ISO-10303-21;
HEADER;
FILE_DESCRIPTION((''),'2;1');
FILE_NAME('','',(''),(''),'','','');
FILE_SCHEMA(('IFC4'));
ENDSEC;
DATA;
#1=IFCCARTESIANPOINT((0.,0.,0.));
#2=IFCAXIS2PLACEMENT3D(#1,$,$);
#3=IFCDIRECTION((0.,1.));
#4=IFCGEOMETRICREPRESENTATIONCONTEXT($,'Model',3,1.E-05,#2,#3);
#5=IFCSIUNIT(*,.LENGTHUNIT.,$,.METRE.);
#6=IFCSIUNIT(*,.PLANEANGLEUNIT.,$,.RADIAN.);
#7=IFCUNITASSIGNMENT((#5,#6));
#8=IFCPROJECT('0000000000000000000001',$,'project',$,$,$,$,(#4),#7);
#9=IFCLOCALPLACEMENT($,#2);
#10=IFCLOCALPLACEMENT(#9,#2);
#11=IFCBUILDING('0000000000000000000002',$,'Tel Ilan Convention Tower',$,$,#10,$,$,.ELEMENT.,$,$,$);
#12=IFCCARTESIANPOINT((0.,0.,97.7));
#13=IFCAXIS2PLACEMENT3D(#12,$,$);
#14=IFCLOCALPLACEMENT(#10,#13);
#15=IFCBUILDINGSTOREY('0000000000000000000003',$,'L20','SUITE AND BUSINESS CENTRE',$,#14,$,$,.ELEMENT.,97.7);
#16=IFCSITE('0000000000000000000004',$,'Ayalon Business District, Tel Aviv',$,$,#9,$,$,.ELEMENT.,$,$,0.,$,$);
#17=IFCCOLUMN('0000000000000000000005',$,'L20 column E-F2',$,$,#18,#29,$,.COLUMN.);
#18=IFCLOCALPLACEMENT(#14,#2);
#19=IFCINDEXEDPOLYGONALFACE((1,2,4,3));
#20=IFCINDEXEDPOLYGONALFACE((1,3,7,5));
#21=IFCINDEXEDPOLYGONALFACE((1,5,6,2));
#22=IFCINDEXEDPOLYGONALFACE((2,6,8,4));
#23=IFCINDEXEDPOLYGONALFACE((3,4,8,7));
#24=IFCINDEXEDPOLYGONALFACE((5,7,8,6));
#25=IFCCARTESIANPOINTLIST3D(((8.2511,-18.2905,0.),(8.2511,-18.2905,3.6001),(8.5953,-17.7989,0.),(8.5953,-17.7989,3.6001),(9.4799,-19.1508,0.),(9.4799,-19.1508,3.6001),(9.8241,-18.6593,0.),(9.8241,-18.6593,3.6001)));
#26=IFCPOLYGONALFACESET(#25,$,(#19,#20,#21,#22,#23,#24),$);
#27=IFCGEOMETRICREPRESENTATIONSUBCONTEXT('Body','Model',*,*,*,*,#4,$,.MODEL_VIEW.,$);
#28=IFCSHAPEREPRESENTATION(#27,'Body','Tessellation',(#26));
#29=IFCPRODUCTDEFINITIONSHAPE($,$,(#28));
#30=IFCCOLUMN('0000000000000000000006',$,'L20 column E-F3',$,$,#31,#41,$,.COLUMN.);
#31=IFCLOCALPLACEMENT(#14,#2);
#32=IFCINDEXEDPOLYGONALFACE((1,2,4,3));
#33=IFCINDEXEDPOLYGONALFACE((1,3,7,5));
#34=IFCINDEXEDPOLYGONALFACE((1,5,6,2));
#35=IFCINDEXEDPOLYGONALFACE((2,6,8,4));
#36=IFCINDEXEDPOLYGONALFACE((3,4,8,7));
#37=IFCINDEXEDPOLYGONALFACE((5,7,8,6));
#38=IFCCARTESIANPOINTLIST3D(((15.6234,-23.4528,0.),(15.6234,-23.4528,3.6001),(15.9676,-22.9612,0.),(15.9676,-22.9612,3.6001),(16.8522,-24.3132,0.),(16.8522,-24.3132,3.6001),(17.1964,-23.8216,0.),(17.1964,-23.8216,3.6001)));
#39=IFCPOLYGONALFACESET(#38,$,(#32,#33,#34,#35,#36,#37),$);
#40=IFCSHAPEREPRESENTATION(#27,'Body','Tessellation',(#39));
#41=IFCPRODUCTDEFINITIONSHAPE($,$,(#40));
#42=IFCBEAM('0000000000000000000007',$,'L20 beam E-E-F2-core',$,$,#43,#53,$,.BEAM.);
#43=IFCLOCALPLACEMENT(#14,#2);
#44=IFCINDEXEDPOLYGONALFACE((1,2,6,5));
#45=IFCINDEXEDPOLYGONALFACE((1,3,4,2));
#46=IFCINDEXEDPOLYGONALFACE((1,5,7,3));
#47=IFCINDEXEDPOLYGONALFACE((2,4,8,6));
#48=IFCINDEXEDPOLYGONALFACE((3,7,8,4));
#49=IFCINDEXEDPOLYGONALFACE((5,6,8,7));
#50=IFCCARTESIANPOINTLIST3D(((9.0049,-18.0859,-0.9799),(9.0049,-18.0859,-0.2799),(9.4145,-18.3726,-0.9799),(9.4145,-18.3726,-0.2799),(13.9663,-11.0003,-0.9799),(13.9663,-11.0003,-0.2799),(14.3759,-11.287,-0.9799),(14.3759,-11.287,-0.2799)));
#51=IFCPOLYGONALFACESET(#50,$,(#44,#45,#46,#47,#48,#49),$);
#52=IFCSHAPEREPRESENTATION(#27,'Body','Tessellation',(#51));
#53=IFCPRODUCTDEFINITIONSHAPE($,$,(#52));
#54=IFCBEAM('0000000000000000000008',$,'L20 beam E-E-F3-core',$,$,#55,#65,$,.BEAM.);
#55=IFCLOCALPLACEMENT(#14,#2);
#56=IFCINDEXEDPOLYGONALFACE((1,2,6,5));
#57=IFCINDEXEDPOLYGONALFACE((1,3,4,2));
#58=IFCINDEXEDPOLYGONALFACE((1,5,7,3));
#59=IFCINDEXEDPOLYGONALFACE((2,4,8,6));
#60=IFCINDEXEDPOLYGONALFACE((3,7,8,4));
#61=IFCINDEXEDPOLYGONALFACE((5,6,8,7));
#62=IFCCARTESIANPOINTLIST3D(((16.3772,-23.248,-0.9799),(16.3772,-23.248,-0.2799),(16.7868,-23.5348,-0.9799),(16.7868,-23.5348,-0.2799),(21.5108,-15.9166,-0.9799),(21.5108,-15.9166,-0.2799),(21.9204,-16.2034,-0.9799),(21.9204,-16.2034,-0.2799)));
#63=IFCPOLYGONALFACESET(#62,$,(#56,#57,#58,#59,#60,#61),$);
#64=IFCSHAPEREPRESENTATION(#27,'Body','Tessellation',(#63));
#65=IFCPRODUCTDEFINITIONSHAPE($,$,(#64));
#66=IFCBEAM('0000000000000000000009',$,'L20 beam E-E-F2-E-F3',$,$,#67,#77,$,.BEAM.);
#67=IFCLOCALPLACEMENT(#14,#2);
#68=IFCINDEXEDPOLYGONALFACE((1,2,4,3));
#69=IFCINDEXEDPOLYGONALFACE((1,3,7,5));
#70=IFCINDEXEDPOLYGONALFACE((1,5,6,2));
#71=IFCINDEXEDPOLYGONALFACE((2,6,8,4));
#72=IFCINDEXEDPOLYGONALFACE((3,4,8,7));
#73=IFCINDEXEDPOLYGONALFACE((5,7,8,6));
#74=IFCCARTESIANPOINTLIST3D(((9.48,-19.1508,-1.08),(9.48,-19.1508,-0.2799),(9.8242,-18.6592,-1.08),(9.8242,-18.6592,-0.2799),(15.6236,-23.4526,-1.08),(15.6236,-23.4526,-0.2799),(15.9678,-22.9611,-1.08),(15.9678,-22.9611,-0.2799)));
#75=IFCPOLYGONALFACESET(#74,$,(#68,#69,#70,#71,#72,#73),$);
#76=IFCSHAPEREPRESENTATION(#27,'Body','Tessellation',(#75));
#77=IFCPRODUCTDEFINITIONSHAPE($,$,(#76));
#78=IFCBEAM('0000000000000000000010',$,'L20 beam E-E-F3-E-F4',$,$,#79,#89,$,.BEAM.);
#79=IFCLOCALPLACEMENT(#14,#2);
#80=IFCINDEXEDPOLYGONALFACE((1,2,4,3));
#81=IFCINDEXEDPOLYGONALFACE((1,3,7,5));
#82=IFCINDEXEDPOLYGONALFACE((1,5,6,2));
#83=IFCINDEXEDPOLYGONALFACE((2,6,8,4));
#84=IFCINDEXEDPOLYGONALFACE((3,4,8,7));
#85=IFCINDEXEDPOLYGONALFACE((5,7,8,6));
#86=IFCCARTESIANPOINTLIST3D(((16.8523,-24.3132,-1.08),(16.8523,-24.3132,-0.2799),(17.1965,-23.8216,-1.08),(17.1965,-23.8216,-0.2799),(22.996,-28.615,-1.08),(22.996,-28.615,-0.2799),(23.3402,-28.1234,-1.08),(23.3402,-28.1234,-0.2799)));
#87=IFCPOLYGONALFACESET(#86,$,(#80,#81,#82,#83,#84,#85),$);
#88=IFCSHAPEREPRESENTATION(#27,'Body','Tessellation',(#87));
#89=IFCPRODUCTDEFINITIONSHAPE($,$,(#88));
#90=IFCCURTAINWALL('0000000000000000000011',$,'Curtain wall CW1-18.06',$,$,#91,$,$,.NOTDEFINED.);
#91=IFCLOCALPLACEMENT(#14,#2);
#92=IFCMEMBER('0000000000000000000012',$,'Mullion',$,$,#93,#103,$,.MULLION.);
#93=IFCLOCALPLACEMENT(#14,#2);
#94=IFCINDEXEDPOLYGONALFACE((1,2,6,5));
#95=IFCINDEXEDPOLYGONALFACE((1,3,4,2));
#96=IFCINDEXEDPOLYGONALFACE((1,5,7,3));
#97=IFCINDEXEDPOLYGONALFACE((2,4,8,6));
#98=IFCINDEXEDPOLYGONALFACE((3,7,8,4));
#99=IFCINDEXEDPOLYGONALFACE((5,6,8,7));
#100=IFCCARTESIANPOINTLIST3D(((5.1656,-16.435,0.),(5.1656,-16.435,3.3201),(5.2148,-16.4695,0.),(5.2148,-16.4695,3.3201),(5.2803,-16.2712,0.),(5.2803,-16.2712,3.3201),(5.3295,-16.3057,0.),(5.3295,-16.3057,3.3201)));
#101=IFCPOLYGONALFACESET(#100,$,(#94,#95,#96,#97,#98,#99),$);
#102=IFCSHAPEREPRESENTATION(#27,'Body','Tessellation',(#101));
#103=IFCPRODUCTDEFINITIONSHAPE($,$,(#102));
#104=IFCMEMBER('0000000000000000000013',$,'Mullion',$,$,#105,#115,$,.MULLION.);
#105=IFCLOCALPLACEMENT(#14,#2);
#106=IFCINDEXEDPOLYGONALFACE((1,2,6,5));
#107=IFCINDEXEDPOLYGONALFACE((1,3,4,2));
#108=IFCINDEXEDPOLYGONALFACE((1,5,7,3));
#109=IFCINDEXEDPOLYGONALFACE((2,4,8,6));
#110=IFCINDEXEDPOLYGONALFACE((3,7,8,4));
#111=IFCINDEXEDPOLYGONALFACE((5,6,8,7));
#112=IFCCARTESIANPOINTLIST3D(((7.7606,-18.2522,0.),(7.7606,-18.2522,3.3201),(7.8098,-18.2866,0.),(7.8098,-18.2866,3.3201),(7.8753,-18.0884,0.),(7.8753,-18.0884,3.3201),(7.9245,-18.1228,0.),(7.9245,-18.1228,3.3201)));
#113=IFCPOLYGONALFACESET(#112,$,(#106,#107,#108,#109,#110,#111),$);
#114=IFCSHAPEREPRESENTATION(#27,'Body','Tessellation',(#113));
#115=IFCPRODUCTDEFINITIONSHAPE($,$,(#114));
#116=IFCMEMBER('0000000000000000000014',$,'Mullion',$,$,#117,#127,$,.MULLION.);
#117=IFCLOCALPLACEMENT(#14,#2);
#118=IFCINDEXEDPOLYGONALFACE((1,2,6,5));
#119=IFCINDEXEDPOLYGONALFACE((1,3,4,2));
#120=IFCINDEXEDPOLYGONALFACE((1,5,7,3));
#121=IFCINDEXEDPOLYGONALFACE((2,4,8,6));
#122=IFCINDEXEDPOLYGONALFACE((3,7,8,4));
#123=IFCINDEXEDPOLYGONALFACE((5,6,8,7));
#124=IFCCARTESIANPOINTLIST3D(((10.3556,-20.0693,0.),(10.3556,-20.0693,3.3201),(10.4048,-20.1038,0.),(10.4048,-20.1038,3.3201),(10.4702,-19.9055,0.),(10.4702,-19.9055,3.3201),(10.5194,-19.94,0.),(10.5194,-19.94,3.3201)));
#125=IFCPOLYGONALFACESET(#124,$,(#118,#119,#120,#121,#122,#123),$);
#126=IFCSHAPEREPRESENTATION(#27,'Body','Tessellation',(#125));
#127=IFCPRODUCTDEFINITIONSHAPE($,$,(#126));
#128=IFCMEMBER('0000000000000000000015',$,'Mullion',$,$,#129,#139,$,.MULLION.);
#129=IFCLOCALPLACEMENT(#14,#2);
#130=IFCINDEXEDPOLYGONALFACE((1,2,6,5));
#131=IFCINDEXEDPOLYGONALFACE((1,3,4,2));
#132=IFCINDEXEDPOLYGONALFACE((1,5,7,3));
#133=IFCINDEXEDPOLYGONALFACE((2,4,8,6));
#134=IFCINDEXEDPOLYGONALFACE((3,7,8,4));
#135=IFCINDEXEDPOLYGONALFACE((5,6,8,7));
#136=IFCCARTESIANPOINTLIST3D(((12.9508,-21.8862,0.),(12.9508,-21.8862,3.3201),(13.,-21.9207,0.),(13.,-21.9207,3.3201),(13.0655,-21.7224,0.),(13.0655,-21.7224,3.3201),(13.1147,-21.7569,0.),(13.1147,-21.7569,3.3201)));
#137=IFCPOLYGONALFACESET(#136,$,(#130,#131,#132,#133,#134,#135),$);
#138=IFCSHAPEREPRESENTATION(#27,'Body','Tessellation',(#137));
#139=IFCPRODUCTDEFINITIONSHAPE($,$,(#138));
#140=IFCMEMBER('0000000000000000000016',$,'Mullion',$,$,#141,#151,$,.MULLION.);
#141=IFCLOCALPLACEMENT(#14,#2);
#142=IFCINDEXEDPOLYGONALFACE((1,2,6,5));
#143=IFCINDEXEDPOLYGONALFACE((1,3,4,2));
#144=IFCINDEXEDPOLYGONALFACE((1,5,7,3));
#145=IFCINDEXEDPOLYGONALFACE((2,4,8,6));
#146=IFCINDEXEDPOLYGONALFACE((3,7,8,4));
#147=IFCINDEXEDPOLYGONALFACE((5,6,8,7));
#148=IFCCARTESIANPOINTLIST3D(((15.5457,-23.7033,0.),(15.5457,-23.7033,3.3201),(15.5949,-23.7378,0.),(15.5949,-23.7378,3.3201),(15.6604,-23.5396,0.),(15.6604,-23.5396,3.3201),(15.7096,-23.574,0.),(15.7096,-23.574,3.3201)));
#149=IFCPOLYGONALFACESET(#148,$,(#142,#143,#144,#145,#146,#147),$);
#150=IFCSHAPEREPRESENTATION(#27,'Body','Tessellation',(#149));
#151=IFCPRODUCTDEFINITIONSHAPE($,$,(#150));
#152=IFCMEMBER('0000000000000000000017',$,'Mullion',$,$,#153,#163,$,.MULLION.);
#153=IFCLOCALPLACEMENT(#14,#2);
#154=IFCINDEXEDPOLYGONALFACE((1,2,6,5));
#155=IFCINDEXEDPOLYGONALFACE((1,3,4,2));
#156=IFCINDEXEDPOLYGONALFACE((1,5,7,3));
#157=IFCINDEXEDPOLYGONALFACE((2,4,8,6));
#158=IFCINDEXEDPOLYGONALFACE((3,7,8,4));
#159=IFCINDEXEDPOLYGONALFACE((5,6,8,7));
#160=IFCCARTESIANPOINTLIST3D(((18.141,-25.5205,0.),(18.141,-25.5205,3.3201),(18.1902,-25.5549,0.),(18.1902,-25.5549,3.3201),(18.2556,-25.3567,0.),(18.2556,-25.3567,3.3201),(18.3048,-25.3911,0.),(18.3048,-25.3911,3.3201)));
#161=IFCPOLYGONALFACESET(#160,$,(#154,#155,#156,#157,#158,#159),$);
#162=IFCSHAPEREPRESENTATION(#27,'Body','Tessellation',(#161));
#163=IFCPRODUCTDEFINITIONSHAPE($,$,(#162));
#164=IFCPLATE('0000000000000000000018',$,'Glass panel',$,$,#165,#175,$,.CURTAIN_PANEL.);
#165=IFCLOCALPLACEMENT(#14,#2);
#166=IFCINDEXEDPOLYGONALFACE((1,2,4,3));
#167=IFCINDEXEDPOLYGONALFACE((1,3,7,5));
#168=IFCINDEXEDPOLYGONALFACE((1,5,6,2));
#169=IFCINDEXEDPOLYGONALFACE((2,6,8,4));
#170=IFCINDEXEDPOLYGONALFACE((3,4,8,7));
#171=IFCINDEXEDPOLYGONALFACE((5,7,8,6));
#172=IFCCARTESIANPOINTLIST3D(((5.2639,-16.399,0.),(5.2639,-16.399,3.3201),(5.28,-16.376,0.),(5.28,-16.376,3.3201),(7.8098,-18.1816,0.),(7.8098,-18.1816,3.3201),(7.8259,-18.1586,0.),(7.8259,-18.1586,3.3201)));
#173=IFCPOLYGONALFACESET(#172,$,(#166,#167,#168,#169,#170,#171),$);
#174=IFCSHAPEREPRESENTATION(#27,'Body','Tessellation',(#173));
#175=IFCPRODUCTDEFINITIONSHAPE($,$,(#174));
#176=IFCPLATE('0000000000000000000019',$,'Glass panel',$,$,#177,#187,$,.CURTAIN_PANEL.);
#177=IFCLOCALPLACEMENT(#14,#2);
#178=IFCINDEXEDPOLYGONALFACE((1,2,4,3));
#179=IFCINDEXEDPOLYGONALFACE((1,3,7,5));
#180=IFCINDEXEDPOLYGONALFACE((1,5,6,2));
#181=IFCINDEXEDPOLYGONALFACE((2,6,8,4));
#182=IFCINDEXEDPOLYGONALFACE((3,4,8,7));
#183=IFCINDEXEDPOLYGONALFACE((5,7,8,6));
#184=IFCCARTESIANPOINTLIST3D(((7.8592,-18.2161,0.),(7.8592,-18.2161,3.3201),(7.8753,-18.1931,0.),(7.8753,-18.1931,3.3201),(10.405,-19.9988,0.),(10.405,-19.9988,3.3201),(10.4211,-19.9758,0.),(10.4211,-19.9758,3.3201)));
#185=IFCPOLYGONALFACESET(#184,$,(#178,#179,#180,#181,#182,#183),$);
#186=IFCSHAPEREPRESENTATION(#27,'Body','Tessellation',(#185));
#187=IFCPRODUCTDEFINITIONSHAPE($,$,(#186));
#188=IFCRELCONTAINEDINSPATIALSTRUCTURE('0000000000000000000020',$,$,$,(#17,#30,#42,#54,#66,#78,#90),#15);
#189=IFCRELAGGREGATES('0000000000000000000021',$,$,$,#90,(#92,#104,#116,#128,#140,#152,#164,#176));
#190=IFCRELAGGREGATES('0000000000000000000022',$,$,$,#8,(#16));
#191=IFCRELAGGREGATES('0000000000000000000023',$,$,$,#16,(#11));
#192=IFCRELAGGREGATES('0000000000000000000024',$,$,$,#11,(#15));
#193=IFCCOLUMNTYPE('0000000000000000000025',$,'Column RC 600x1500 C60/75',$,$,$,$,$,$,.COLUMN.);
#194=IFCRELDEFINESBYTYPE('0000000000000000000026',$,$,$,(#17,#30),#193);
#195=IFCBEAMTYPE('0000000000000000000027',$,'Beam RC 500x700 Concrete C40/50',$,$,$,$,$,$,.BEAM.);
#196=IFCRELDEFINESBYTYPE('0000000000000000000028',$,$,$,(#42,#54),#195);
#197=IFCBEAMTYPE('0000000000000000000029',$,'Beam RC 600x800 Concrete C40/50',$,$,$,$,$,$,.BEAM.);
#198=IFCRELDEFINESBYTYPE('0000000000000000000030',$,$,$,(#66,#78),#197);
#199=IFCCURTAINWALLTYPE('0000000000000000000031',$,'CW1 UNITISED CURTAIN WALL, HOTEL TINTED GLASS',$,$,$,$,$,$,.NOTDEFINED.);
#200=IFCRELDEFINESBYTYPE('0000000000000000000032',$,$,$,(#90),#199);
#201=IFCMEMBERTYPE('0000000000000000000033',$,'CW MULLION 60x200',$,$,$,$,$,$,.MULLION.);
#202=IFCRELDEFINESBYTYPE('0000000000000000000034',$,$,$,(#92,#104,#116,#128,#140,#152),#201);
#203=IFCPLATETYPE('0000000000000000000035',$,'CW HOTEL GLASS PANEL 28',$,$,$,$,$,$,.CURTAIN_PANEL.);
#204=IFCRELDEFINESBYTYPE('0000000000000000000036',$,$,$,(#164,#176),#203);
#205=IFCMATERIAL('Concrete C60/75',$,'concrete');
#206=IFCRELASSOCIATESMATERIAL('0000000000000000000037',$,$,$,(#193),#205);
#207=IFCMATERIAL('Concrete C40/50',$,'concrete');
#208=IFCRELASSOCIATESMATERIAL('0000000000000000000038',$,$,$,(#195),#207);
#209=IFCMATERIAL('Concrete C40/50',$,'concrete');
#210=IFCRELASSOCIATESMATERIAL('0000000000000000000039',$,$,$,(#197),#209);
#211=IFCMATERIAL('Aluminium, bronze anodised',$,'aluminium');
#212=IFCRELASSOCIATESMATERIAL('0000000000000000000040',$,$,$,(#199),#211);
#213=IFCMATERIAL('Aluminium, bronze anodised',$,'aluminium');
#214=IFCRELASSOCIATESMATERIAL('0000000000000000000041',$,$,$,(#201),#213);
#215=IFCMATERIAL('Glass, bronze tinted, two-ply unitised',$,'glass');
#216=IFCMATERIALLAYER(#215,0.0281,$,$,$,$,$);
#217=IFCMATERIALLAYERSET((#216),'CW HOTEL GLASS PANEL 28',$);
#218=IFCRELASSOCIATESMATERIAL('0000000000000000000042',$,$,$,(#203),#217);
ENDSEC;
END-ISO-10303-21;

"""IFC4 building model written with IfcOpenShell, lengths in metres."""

from ifc_helpers import new_model, si_unit, direction, frame, origin, origin_2d, place, context, subcontext, project, spatial, rectangle, extrude, material, layer, layer_set, material_profile, profile_set, type_object, element, aggregate, save


model = new_model("IFC4")

# Units and contexts
model_context = context("Model", 3, precision=1e-05, world=origin(), true_north=direction((0.0, 1.0)))
body_context = subcontext(model_context, "Body", "Model", "MODEL_VIEW")
ifc_project = project(units=[si_unit("LENGTHUNIT", "METRE"), si_unit("PLANEANGLEUNIT", "RADIAN")], contexts=[model_context])

# Site, building, storey
site_placement = place(None, origin())
site = spatial("IfcSite", under=ifc_project, at=site_placement, Name="Ayalon Business District, Tel Aviv", CompositionType="ELEMENT", RefElevation=0.0)
building_placement = place(site_placement, origin())
building = spatial("IfcBuilding", under=site, at=building_placement, Name="Tel Ilan Convention Tower", CompositionType="ELEMENT")
storey_placement = place(building_placement, frame((0.0, 0.0, 97.7)))
storey = spatial("IfcBuildingStorey", under=building, at=storey_placement, Name="L20", Description="SUITE AND BUSINESS CENTRE", CompositionType="ELEMENT", Elevation=97.7)

# Columns
ifc_material_1 = material(Name="Concrete C60/75", Category="concrete")
ifc_material_profile_1 = material_profile(ifc_material_1, rectangle(XDim=1.5, YDim=0.6001, at=origin_2d()), Name="RC 600x1500")
ifc_profile_set_1 = profile_set([ifc_material_profile_1], Name="Concrete C60/75")
column_type = type_object("IfcColumnType", Name="Column RC 600x1500 C60/75", PredefinedType="COLUMN", material=ifc_profile_set_1)
for number, where, z_axis, x_axis, name in (
    (1, (9.0376, -18.4749, 0.0), (0.0, 0.0, 1.0), (0.819152, -0.573576, 0.0), "L20 column E-F2"),
    (2, (16.4099, -23.6372, 0.0), (0.0, 0.0, 1.0), (0.819152, -0.573576, 0.0), "L20 column E-F3"),
):
    element("IfcColumn", number, at=place(storey_placement, frame(where, z_axis=z_axis, x_axis=x_axis)), inside=storey, type_object=column_type, Name=name, PredefinedType="COLUMN", context=body_context, shape_type="SweptSolid", body=[
        extrude(rectangle(XDim=1.5, YDim=0.6001, at=origin_2d()), origin(), (0.0, 0.0, 1.0), 3.6001),
    ])

# Beams
ifc_material_2 = material(Name="Concrete C40/50", Category="concrete")
ifc_material_profile_2 = material_profile(ifc_material_2, rectangle(XDim=0.5, YDim=0.7, at=origin_2d()), Name="RC 500x700")
ifc_profile_set_2 = profile_set([ifc_material_profile_2], Name="Concrete C40/50")
beam_type_1 = type_object("IfcBeamType", Name="Beam RC 500x700 Concrete C40/50", PredefinedType="BEAM", material=ifc_profile_set_2)
beam_1_placement = place(storey_placement, frame((9.2097, -18.2292, -0.6299), z_axis=(0.573574, 0.819154, 0.0), x_axis=(-0.819154, 0.573574, 0.0)))
element("IfcBeam", 3, at=beam_1_placement, inside=storey, type_object=beam_type_1, Name="L20 beam E-E-F2-core", PredefinedType="BEAM", context=body_context, shape_type="SweptSolid", body=[
    extrude(rectangle(XDim=0.5, YDim=0.7, at=origin_2d()), origin(), (0.0, 0.0, 1.0), 8.6499),
])
beam_2_placement = place(storey_placement, frame((16.582, -23.3914, -0.6299), z_axis=(0.573585, 0.819146, 0.0), x_axis=(-0.819146, 0.573585, 0.0)))
element("IfcBeam", 4, at=beam_2_placement, inside=storey, type_object=beam_type_1, Name="L20 beam E-E-F3-core", PredefinedType="BEAM", context=body_context, shape_type="SweptSolid", body=[
    extrude(rectangle(XDim=0.5, YDim=0.7, at=origin_2d()), origin(), (0.0, 0.0, 1.0), 8.95),
])
ifc_material_3 = material(Name="Concrete C40/50", Category="concrete")
ifc_material_profile_3 = material_profile(ifc_material_3, rectangle(XDim=0.6001, YDim=0.8, at=origin_2d()), Name="RC 600x800")
ifc_profile_set_3 = profile_set([ifc_material_profile_3], Name="Concrete C40/50")
beam_type_2 = type_object("IfcBeamType", Name="Beam RC 600x800 Concrete C40/50", PredefinedType="BEAM", material=ifc_profile_set_3)
for number, where, z_axis, x_axis, name in (
    (5, (9.6521, -18.905, -0.6799), (0.819152, -0.573576, 0.0), (0.573576, 0.819152, 0.0), "L20 beam E-E-F2-E-F3"),
    (6, (17.0244, -24.0674, -0.6799), (0.819152, -0.573576, 0.0), (0.573576, 0.819152, 0.0), "L20 beam E-E-F3-E-F4"),
):
    element("IfcBeam", number, at=place(storey_placement, frame(where, z_axis=z_axis, x_axis=x_axis)), inside=storey, type_object=beam_type_2, Name=name, PredefinedType="BEAM", context=body_context, shape_type="SweptSolid", body=[
        extrude(rectangle(XDim=0.6001, YDim=0.8, at=origin_2d()), origin(), (0.0, 0.0, 1.0), 7.5),
    ])

# Curtain wall, members, plates
ifc_material_4 = material(Name="Aluminium, bronze anodised", Category="aluminium")
curtain_wall_type = type_object("IfcCurtainWallType", Name="CW1 UNITISED CURTAIN WALL, HOTEL TINTED GLASS", PredefinedType="NOTDEFINED", material=ifc_material_4)
curtain_wall_placement = place(storey_placement, origin())
curtain_wall = element("IfcCurtainWall", 7, at=curtain_wall_placement, inside=storey, type_object=curtain_wall_type, Name="Curtain wall CW1-18.06", PredefinedType="NOTDEFINED")
ifc_material_5 = material(Name="Aluminium, bronze anodised", Category="aluminium")
ifc_material_profile_4 = material_profile(ifc_material_5, rectangle(XDim=0.0601, YDim=0.2, at=origin_2d()), Name="CW MULLION 60x200")
ifc_profile_set_4 = profile_set([ifc_material_profile_4], Name="Aluminium, bronze anodised")
member_type = type_object("IfcMemberType", Name="CW MULLION 60x200", PredefinedType="MULLION", material=ifc_profile_set_4)
member_1_placement = place(storey_placement, frame((5.2476, -16.3704, 0.0), z_axis=(0.0, 0.0, 1.0), x_axis=(0.819152, -0.573576, 0.0)))
member_1 = element("IfcMember", 8, at=member_1_placement, type_object=member_type, Name="Mullion", PredefinedType="MULLION", context=body_context, shape_type="SweptSolid", body=[
    extrude(rectangle(XDim=0.0601, YDim=0.2, at=origin_2d()), origin(), (0.0, 0.0, 1.0), 3.3201),
])
member_2_placement = place(storey_placement, frame((7.8425, -18.1875, 0.0), z_axis=(0.0, 0.0, 1.0), x_axis=(0.819152, -0.573576, 0.0)))
member_2 = element("IfcMember", 9, at=member_2_placement, type_object=member_type, Name="Mullion", PredefinedType="MULLION", context=body_context, shape_type="SweptSolid", body=[
    extrude(rectangle(XDim=0.0601, YDim=0.2, at=origin_2d()), origin(), (0.0, 0.0, 1.0), 3.3201),
])
member_3_placement = place(storey_placement, frame((10.4375, -20.0046, 0.0), z_axis=(0.0, 0.0, 1.0), x_axis=(0.819152, -0.573576, 0.0)))
member_3 = element("IfcMember", 10, at=member_3_placement, type_object=member_type, Name="Mullion", PredefinedType="MULLION", context=body_context, shape_type="SweptSolid", body=[
    extrude(rectangle(XDim=0.0601, YDim=0.2, at=origin_2d()), origin(), (0.0, 0.0, 1.0), 3.3201),
])
member_4_placement = place(storey_placement, frame((13.0327, -21.8215, 0.0), z_axis=(0.0, 0.0, 1.0), x_axis=(0.819152, -0.573576, 0.0)))
member_4 = element("IfcMember", 11, at=member_4_placement, type_object=member_type, Name="Mullion", PredefinedType="MULLION", context=body_context, shape_type="SweptSolid", body=[
    extrude(rectangle(XDim=0.0601, YDim=0.2, at=origin_2d()), origin(), (0.0, 0.0, 1.0), 3.3201),
])
member_5_placement = place(storey_placement, frame((15.6277, -23.6387, 0.0), z_axis=(0.0, 0.0, 1.0), x_axis=(0.819152, -0.573576, 0.0)))
member_5 = element("IfcMember", 12, at=member_5_placement, type_object=member_type, Name="Mullion", PredefinedType="MULLION", context=body_context, shape_type="SweptSolid", body=[
    extrude(rectangle(XDim=0.0601, YDim=0.2, at=origin_2d()), origin(), (0.0, 0.0, 1.0), 3.3201),
])
member_6_placement = place(storey_placement, frame((18.2229, -25.4558, 0.0), z_axis=(0.0, 0.0, 1.0), x_axis=(0.819152, -0.573576, 0.0)))
member_6 = element("IfcMember", 13, at=member_6_placement, type_object=member_type, Name="Mullion", PredefinedType="MULLION", context=body_context, shape_type="SweptSolid", body=[
    extrude(rectangle(XDim=0.0601, YDim=0.2, at=origin_2d()), origin(), (0.0, 0.0, 1.0), 3.3201),
])
ifc_material_6 = material(Name="Glass, bronze tinted, two-ply unitised", Category="glass")
ifc_layer_1 = layer(ifc_material_6, 0.0281)
ifc_layer_set_1 = layer_set([ifc_layer_1], Name="CW HOTEL GLASS PANEL 28")
plate_type = type_object("IfcPlateType", Name="CW HOTEL GLASS PANEL 28", PredefinedType="CURTAIN_PANEL", material=ifc_layer_set_1)
plate_1_placement = place(storey_placement, frame((6.5449, -17.2788, 0.0), z_axis=(0.0, 0.0, 1.0), x_axis=(0.819152, -0.573576, 0.0)))
plate_1 = element("IfcPlate", 14, at=plate_1_placement, type_object=plate_type, Name="Glass panel", PredefinedType="CURTAIN_PANEL", context=body_context, shape_type="SweptSolid", body=[
    extrude(rectangle(XDim=3.1079, YDim=0.0281, at=origin_2d()), origin(), (0.0, 0.0, 1.0), 3.3201),
])
plate_2_placement = place(storey_placement, frame((9.1401, -19.0959, 0.0), z_axis=(0.0, 0.0, 1.0), x_axis=(0.819152, -0.573576, 0.0)))
plate_2 = element("IfcPlate", 15, at=plate_2_placement, type_object=plate_type, Name="Glass panel", PredefinedType="CURTAIN_PANEL", context=body_context, shape_type="SweptSolid", body=[
    extrude(rectangle(XDim=3.1079, YDim=0.0281, at=origin_2d()), origin(), (0.0, 0.0, 1.0), 3.3201),
])
aggregate(curtain_wall, [member_1, member_2, member_3, member_4, member_5, member_6, plate_1, plate_2])

save(model, "model.ifc")
